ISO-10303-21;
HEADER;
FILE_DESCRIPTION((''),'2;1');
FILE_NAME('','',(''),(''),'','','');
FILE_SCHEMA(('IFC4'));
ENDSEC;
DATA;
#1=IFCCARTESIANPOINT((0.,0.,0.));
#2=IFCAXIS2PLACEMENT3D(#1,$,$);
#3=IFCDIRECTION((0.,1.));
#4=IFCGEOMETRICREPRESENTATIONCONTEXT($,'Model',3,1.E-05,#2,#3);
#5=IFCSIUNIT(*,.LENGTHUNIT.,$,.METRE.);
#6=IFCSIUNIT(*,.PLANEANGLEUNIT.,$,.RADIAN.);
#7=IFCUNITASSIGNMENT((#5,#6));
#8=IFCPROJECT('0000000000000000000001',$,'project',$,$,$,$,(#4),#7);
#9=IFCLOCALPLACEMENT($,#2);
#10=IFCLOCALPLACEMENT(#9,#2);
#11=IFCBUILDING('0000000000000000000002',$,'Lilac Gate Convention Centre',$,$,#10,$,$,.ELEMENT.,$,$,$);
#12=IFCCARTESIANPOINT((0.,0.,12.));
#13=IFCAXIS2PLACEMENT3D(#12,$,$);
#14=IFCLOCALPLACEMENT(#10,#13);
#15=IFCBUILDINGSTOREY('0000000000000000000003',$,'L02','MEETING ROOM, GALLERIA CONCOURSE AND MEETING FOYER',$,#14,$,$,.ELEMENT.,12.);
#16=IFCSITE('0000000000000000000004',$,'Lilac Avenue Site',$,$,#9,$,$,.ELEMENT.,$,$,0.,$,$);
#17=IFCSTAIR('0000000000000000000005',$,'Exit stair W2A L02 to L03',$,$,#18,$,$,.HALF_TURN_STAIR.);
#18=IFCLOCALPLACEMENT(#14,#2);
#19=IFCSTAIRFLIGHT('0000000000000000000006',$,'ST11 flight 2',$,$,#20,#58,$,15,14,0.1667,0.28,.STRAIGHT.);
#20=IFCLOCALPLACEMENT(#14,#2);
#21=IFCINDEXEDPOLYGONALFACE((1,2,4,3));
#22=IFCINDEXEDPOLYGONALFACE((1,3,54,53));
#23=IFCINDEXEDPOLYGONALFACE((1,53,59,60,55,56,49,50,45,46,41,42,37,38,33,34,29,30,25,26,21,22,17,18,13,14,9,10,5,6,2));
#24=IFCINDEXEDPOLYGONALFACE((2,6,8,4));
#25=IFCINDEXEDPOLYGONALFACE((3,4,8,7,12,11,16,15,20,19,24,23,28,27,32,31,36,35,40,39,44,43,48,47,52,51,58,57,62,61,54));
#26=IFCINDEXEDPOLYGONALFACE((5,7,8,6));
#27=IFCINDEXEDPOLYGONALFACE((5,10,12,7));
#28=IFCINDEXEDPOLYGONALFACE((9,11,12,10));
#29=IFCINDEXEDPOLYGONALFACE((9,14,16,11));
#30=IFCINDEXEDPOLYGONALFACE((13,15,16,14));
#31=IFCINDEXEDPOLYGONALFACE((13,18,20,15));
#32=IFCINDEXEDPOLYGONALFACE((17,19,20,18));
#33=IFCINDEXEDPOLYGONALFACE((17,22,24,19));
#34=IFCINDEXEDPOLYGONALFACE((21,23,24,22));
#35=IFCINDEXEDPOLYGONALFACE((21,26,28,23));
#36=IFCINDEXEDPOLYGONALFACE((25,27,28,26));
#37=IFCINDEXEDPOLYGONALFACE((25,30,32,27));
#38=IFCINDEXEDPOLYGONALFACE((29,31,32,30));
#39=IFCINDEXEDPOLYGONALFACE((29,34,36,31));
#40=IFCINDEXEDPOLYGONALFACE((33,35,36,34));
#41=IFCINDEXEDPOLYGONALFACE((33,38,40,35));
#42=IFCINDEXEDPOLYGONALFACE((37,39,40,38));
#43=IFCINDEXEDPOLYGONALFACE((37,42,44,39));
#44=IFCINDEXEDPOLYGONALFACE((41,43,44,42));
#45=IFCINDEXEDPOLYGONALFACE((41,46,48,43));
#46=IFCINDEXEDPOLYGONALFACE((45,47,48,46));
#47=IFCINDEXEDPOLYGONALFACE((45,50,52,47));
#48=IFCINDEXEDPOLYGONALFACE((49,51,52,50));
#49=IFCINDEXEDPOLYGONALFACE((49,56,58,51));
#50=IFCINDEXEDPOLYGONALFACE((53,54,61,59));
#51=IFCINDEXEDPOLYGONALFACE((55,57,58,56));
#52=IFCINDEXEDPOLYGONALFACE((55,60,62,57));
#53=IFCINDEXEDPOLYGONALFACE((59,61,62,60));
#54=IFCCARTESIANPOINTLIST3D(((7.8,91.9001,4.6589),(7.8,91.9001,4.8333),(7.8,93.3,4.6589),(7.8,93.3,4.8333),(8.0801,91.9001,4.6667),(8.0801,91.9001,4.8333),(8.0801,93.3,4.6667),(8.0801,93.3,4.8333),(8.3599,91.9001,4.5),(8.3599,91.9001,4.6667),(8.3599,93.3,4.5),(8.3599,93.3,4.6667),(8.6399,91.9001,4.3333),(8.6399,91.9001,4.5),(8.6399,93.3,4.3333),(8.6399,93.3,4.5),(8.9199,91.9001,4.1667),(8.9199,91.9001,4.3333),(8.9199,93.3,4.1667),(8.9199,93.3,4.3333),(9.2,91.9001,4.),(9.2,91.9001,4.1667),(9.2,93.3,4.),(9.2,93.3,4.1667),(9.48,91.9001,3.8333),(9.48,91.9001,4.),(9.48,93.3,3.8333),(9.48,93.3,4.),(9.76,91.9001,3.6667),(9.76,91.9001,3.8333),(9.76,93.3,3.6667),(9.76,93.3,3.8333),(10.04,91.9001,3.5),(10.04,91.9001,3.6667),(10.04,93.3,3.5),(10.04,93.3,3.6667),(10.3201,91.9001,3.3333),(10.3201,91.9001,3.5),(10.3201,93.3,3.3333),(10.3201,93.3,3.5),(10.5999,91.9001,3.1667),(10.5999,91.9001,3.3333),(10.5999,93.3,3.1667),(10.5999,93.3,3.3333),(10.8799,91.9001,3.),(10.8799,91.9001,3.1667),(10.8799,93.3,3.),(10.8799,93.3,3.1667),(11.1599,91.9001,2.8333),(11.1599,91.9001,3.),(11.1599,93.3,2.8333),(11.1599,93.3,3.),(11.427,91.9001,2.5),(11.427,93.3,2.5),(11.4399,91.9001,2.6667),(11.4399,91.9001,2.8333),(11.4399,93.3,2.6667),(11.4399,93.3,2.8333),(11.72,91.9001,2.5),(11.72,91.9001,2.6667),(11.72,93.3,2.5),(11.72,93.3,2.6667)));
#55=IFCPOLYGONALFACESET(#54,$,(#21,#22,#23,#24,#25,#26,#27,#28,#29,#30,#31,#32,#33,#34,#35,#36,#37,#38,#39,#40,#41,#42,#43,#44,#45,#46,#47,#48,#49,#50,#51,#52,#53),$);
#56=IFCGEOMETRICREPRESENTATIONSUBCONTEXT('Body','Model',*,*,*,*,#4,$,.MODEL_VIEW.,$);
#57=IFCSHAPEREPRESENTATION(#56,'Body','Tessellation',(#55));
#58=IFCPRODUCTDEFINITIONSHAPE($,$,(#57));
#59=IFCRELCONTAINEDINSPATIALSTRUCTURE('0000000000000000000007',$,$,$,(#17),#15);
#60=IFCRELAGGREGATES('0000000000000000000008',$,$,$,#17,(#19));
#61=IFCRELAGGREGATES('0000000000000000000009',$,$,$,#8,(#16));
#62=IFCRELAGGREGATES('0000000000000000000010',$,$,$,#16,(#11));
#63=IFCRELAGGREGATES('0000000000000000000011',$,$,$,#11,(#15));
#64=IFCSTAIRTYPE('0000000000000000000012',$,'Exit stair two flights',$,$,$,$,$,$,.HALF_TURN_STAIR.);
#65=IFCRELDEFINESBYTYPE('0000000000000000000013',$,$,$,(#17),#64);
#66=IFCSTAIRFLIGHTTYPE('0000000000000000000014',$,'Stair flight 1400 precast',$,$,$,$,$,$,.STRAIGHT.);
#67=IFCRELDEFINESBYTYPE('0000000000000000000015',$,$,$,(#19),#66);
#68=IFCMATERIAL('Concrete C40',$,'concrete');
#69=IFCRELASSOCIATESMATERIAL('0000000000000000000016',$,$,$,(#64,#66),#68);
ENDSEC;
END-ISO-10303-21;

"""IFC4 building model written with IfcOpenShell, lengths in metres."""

from ifc_helpers import new_model, si_unit, direction, frame, origin, place, context, subcontext, project, spatial, polyline, outline, extrude, material, type_object, element, aggregate, save


model = new_model("IFC4")

# Units and contexts
model_context = context("Model", 3, precision=1e-05, world=origin(), true_north=direction((0.0, 1.0)))
body_context = subcontext(model_context, "Body", "Model", "MODEL_VIEW")
ifc_project = project(units=[si_unit("LENGTHUNIT", "METRE"), si_unit("PLANEANGLEUNIT", "RADIAN")], contexts=[model_context])

# Site, building, storey
site_placement = place(None, origin())
site = spatial("IfcSite", under=ifc_project, at=site_placement, Name="Lilac Avenue Site", CompositionType="ELEMENT", RefElevation=0.0)
building_placement = place(site_placement, origin())
building = spatial("IfcBuilding", under=site, at=building_placement, Name="Lilac Gate Convention Centre", CompositionType="ELEMENT")
storey_placement = place(building_placement, frame((0.0, 0.0, 12.0)))
storey = spatial("IfcBuildingStorey", under=building, at=storey_placement, Name="L02", Description="MEETING ROOM, GALLERIA CONCOURSE AND MEETING FOYER", CompositionType="ELEMENT", Elevation=12.0)

# Shared definitions
ifc_material_1 = material(Name="Concrete C40", Category="concrete")

# Stair, stair flight
stair_type = type_object("IfcStairType", Name="Exit stair two flights", PredefinedType="HALF_TURN_STAIR", material=ifc_material_1)
stair_placement = place(storey_placement, origin())
stair = element("IfcStair", 1, at=stair_placement, inside=storey, type_object=stair_type, Name="Exit stair W2A L02 to L03", PredefinedType="HALF_TURN_STAIR")
stair_flight_type = type_object("IfcStairFlightType", Name="Stair flight 1400 precast", PredefinedType="STRAIGHT", material=ifc_material_1)
stair_flight_1_placement = place(storey_placement, frame((11.72, 92.6001, 2.5), z_axis=(0.0, 0.0, 1.0), x_axis=(-1.0, 0.0, 0.0)))
stair_flight_1 = element("IfcStairFlight", 2, at=stair_flight_1_placement, type_object=stair_flight_type, Name="ST11 flight 2", NumberOfRisers=15, NumberOfTreads=14, PredefinedType="STRAIGHT", RiserHeight=0.1667, TreadLength=0.28, context=body_context, shape_type="SweptSolid", body=[
    extrude(outline(polyline([(0.0, 0.0), (0.0, 0.1667), (0.28, 0.1667), (0.28, 0.3333), (0.5601, 0.3333), (0.5601, 0.5), (0.8401, 0.5), (0.8401, 0.6667), (1.1201, 0.6667), (1.1201, 0.8333), (1.3999, 0.8333), (1.3999, 1.0), (1.6799, 1.0), (1.6799, 1.1667), (1.96, 1.1667), (1.96, 1.3333), (2.24, 1.3333), (2.24, 1.5), (2.52, 1.5), (2.52, 1.6667), (2.8, 1.6667), (2.8, 1.8333), (3.0801, 1.8333), (3.0801, 2.0), (3.3601, 2.0), (3.3601, 2.1667), (3.6399, 2.1667), (3.6399, 2.3333), (3.9199, 2.3333), (3.9199, 2.5), (3.9199, 2.1589), (0.293, 0.0), (0.0, 0.0)])), frame((0.0, 0.7, 0.0), z_axis=(0.0, -1.0, 0.0), x_axis=(1.0, 0.0, 0.0)), (0.0, 0.0, 1.0), 1.3999),
])
aggregate(stair, [stair_flight_1])

save(model, "model.ifc")
